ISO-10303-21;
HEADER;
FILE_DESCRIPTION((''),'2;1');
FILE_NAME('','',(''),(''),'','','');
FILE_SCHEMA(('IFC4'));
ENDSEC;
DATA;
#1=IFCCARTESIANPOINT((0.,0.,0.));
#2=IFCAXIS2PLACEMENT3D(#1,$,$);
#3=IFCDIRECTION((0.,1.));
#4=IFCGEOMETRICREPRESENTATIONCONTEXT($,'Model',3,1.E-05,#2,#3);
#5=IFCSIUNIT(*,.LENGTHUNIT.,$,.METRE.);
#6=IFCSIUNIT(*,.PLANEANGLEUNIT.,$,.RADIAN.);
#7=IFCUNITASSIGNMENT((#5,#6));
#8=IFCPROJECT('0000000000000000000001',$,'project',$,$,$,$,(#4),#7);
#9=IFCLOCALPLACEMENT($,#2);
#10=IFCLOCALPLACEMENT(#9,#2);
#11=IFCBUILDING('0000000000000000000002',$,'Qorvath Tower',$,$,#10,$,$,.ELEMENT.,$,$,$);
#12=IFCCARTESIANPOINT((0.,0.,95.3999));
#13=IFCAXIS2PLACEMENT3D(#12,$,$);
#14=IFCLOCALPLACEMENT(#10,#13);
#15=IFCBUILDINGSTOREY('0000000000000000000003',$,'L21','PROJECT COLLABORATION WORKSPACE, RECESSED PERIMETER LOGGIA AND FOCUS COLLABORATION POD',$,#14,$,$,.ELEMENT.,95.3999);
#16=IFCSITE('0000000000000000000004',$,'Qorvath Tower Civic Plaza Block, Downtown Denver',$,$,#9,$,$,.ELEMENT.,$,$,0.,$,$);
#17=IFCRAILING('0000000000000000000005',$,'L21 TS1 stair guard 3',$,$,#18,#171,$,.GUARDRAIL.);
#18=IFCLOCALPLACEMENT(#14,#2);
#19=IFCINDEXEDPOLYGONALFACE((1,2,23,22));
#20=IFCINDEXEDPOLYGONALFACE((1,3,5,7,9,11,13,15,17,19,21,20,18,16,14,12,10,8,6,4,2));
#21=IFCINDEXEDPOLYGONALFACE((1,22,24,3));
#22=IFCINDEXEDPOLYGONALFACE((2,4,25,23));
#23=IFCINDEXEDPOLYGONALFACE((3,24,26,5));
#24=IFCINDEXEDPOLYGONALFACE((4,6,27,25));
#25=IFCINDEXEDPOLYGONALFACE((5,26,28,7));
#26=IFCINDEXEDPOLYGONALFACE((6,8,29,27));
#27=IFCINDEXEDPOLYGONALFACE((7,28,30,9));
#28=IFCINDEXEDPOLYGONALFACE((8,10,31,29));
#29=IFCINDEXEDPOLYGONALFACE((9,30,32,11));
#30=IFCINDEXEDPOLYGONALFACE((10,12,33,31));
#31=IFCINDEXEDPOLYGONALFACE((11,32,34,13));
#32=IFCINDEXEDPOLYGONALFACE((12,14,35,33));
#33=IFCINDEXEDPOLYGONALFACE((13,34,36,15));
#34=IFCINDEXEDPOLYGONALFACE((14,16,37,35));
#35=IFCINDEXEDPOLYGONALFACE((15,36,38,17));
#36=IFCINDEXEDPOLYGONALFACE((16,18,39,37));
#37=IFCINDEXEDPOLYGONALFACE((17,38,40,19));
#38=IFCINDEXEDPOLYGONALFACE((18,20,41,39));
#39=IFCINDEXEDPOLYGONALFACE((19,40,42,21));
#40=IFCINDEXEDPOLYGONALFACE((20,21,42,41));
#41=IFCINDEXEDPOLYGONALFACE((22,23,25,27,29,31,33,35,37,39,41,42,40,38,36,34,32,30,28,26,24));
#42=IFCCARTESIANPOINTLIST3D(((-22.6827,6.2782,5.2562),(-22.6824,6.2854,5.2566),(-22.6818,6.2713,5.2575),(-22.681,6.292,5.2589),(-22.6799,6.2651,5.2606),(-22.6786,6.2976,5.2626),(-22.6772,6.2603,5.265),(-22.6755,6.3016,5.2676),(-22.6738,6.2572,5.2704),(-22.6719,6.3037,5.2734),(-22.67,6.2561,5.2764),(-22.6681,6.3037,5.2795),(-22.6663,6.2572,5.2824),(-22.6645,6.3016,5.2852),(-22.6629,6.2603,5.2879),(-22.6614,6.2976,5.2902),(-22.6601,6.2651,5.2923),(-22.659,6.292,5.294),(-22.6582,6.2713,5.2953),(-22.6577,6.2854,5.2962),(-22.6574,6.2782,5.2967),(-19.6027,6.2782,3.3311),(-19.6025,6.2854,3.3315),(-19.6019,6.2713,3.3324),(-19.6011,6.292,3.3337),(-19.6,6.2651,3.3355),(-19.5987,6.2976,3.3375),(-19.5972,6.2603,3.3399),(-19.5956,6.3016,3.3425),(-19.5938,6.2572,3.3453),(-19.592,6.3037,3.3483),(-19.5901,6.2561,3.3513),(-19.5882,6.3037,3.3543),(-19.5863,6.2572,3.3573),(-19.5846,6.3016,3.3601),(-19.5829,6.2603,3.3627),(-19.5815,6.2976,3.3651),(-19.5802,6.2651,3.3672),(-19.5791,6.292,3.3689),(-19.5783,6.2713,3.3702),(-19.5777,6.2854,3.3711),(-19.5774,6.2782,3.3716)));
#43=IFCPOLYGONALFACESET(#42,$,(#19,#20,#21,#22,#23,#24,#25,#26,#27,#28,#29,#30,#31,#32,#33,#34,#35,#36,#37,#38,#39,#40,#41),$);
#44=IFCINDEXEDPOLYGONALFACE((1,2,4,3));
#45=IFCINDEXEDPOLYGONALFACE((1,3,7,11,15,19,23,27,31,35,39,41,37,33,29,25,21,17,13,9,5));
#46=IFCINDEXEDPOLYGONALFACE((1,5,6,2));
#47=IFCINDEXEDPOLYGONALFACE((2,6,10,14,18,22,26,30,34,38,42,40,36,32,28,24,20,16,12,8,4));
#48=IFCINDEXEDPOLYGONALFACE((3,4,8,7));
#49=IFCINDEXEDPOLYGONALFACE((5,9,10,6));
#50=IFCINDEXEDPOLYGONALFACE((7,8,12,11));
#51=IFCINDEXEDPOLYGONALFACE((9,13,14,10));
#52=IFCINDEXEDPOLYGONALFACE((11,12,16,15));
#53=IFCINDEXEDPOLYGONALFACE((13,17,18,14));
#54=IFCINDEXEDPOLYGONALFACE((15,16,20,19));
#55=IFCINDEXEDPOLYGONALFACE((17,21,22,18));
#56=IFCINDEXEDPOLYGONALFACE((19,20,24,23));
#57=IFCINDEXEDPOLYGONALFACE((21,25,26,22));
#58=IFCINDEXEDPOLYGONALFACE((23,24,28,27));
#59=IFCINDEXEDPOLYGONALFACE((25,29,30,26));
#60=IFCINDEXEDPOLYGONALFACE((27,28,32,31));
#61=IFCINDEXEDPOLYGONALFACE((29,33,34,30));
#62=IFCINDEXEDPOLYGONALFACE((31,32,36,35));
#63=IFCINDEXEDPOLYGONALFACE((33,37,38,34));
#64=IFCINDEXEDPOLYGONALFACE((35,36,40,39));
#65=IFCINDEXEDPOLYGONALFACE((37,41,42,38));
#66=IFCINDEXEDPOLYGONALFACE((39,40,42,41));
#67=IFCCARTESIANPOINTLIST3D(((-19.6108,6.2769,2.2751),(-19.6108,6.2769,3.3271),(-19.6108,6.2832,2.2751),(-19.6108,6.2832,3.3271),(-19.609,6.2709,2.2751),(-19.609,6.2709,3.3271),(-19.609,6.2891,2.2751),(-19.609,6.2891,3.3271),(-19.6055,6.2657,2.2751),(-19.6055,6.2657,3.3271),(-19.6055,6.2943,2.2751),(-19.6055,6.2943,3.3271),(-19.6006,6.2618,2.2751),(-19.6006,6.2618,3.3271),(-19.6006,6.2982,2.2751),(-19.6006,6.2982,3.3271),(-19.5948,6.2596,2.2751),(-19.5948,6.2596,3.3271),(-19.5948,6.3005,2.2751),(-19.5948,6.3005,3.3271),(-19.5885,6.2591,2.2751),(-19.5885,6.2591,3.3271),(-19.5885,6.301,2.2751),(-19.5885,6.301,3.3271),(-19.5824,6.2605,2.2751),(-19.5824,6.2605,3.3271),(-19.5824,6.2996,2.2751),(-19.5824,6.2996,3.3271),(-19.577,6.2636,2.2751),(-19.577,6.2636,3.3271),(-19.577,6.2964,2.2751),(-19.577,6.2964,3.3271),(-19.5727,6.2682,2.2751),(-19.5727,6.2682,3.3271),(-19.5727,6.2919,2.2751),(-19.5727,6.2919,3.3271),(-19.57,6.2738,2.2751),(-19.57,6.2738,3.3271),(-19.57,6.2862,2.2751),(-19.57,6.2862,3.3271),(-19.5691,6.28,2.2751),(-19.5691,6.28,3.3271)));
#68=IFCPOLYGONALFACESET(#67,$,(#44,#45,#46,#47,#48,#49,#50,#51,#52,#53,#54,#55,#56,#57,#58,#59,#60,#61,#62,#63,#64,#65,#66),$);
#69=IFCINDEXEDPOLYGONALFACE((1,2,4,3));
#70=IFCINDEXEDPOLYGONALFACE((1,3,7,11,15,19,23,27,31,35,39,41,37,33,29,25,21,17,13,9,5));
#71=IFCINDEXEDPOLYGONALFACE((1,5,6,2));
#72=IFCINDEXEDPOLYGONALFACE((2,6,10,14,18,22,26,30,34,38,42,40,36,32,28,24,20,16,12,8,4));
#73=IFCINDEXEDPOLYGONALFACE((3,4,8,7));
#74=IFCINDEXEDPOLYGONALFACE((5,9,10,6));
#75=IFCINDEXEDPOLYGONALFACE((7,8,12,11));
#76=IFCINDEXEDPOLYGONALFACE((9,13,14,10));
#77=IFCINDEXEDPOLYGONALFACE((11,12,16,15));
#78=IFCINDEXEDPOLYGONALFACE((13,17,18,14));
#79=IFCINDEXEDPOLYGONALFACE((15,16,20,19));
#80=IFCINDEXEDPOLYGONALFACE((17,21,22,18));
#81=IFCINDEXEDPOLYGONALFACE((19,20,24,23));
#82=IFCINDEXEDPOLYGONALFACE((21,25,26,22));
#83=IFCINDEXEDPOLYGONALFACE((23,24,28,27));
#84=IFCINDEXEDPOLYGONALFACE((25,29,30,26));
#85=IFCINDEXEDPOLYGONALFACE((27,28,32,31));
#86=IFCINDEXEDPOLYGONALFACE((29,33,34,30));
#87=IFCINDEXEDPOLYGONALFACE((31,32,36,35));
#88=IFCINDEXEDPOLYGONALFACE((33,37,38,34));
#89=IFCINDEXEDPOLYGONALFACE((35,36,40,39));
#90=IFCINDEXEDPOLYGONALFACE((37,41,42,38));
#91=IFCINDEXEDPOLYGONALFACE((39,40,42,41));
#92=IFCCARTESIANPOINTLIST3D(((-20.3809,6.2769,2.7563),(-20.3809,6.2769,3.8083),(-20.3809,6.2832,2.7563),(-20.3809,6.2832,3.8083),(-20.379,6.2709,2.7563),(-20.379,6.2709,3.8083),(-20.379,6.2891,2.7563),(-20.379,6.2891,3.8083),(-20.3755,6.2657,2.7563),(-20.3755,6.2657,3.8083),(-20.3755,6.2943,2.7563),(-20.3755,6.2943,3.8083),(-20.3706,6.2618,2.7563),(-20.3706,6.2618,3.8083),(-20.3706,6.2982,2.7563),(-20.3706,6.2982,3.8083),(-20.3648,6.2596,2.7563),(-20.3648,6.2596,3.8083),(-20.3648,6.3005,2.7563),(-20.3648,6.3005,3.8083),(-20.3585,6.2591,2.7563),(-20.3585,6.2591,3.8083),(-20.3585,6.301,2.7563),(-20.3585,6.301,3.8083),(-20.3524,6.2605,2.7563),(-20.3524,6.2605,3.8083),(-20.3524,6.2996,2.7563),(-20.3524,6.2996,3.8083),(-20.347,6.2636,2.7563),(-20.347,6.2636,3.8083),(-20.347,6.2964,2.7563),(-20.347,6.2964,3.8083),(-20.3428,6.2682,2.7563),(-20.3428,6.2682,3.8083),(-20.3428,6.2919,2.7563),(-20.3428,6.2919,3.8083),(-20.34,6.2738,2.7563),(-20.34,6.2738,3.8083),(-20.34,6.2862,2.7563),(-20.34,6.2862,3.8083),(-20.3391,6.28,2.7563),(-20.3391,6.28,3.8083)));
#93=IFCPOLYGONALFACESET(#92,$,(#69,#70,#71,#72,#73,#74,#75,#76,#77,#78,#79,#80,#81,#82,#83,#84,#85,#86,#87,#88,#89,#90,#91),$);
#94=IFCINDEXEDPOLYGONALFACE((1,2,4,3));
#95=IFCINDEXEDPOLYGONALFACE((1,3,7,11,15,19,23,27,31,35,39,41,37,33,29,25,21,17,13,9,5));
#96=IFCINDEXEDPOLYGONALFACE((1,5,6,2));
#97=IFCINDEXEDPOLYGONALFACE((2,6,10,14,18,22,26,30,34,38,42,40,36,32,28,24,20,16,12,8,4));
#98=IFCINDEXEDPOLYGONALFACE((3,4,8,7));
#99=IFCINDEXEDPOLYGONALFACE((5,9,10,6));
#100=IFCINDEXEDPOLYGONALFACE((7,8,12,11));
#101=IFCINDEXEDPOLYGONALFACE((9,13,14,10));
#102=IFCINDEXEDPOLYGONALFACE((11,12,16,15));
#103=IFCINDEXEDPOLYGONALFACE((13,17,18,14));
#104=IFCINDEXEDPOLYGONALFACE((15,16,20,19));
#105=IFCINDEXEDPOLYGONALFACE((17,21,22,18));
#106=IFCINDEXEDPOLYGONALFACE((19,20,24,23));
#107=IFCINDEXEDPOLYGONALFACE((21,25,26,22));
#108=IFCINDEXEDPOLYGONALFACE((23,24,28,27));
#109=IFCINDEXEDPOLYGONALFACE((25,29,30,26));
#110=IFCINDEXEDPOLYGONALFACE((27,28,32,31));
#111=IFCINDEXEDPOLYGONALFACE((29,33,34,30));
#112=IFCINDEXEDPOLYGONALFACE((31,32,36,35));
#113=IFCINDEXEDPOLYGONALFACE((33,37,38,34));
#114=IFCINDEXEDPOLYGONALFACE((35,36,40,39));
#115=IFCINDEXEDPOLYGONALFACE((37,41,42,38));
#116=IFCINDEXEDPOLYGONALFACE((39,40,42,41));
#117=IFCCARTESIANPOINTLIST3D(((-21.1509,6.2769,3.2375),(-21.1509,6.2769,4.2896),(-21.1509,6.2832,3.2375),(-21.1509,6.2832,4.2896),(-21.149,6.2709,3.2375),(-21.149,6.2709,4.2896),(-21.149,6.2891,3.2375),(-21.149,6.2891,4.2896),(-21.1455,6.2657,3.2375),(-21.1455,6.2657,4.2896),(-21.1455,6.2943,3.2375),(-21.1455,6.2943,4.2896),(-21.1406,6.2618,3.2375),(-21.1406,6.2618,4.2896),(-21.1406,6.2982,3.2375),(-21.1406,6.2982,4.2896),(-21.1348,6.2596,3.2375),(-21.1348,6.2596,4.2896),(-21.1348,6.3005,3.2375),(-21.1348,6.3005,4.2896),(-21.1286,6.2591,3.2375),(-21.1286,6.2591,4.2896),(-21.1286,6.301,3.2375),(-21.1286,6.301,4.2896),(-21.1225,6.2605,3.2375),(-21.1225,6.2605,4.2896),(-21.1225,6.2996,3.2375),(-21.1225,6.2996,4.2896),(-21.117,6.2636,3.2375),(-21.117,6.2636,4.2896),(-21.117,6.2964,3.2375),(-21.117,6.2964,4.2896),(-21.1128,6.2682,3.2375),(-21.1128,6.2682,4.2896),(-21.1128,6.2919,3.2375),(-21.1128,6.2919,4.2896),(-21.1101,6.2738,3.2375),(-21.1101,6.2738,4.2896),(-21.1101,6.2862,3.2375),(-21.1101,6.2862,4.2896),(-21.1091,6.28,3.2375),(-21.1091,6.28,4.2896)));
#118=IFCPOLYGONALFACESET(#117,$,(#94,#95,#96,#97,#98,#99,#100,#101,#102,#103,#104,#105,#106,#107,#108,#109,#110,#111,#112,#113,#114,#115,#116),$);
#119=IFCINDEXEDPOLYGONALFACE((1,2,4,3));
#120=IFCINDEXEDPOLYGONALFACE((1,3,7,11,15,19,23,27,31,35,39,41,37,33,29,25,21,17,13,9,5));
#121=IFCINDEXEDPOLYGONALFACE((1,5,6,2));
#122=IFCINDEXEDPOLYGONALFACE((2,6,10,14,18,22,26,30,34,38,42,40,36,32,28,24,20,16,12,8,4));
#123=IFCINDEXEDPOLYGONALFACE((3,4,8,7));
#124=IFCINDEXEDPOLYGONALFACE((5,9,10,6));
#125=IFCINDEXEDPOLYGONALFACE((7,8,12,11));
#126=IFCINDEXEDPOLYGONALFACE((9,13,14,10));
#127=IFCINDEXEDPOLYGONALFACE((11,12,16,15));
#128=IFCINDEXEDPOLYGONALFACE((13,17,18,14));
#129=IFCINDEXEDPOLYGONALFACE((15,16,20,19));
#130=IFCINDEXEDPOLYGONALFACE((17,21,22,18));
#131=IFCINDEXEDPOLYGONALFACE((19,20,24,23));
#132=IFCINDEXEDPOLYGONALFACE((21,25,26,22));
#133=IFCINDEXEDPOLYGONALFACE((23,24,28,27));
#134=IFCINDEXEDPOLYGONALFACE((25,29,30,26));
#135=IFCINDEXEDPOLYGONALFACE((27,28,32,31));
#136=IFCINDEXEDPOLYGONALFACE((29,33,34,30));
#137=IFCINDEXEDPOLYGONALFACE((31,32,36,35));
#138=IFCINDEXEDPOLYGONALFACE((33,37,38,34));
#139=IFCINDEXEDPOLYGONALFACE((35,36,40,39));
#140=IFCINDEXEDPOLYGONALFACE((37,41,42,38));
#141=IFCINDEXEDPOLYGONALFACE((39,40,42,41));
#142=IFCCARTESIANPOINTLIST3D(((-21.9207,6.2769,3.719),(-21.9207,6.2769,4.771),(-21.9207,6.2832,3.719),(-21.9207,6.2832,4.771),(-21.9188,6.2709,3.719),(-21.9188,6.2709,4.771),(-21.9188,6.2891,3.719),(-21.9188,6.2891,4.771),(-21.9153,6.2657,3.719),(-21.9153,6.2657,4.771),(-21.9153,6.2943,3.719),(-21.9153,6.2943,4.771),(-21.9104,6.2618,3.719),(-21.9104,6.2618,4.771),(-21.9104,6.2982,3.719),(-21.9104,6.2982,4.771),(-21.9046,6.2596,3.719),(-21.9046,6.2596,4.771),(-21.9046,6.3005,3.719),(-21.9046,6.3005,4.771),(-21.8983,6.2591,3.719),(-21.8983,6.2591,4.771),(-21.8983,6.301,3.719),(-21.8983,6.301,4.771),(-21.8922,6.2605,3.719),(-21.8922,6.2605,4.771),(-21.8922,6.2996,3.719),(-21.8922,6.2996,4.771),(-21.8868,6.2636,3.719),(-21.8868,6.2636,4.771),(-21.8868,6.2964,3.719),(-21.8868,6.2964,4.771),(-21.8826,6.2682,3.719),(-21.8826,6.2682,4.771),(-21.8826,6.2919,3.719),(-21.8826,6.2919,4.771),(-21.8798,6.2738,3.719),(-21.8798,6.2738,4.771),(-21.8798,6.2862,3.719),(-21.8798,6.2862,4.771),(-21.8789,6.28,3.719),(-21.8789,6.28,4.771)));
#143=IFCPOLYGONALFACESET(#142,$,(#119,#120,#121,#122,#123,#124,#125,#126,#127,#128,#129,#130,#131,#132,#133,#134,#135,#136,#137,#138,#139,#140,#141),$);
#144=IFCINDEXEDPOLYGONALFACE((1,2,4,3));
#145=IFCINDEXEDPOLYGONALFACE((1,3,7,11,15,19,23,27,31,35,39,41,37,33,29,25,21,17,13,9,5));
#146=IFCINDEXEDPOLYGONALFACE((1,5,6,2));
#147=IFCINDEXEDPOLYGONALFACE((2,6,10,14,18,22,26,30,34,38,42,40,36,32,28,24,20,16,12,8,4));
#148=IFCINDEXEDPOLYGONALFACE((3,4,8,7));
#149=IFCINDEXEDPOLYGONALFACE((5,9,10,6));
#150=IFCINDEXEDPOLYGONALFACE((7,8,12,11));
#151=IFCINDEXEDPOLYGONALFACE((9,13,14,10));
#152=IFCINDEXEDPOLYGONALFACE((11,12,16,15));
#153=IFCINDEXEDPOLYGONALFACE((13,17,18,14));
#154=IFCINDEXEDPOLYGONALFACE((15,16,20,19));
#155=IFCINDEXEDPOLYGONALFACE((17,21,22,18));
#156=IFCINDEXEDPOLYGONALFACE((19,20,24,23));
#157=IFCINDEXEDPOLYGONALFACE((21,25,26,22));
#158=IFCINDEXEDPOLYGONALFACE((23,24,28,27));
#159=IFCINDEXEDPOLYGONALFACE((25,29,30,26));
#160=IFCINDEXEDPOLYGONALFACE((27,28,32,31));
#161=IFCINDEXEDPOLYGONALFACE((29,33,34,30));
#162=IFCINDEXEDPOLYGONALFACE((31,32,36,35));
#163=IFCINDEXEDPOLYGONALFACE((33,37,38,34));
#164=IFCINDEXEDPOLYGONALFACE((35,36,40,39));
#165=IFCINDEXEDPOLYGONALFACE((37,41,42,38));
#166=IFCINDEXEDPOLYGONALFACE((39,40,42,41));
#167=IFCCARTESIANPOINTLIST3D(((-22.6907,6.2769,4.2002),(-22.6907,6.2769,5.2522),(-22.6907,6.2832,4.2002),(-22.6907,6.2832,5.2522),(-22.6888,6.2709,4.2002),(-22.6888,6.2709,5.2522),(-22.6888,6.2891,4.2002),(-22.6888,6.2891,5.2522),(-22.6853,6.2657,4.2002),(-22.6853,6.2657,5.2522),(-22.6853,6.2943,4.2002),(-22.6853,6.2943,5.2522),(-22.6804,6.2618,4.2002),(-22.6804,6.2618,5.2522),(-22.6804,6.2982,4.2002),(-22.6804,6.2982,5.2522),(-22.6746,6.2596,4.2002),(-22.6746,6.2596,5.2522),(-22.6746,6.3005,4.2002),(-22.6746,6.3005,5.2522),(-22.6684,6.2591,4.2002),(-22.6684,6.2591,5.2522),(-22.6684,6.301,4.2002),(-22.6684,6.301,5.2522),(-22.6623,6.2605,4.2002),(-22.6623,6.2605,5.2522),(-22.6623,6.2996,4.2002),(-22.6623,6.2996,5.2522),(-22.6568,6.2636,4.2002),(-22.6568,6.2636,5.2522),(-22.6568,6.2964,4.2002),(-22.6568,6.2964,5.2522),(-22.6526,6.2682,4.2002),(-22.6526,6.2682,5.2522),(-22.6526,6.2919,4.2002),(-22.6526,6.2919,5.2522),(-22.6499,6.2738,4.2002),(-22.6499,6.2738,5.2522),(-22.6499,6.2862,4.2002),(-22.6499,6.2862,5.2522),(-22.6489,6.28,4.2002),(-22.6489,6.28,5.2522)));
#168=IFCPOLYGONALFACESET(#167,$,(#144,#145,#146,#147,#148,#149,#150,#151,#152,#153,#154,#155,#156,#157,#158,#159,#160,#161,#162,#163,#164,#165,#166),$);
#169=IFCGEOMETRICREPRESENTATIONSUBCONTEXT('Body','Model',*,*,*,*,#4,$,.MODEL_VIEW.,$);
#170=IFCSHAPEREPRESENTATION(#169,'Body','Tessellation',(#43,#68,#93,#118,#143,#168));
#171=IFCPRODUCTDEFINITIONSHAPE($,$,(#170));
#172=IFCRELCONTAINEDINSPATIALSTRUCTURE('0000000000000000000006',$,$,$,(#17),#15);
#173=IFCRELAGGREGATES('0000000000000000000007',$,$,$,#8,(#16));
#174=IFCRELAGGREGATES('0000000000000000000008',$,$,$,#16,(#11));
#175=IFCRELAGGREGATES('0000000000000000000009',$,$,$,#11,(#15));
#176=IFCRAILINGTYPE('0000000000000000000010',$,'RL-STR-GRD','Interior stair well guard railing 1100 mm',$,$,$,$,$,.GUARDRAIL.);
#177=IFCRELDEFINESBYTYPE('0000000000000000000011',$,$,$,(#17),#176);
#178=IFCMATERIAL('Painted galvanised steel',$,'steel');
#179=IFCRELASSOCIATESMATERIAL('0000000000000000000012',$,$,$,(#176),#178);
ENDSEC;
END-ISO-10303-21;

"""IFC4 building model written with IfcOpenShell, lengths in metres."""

from ifc_helpers import new_model, si_unit, direction, frame, origin, origin_2d, place, context, subcontext, project, spatial, circle, extrude, material, type_object, element, save


model = new_model("IFC4")

# Units and contexts
model_context = context("Model", 3, precision=1e-05, world=origin(), true_north=direction((0.0, 1.0)))
body_context = subcontext(model_context, "Body", "Model", "MODEL_VIEW")
ifc_project = project(units=[si_unit("LENGTHUNIT", "METRE"), si_unit("PLANEANGLEUNIT", "RADIAN")], contexts=[model_context])

# Site, building, storey
site_placement = place(None, origin())
site = spatial("IfcSite", under=ifc_project, at=site_placement, Name="Qorvath Tower Civic Plaza Block, Downtown Denver", CompositionType="ELEMENT", RefElevation=0.0)
building_placement = place(site_placement, origin())
building = spatial("IfcBuilding", under=site, at=building_placement, Name="Qorvath Tower", CompositionType="ELEMENT")
storey_placement = place(building_placement, frame((0.0, 0.0, 95.3999)))
storey = spatial("IfcBuildingStorey", under=building, at=storey_placement, Name="L21", Description="PROJECT COLLABORATION WORKSPACE, RECESSED PERIMETER LOGGIA AND FOCUS COLLABORATION POD", CompositionType="ELEMENT", Elevation=95.3999)

# Railing
ifc_material_1 = material(Name="Painted galvanised steel", Category="steel")
railing_type_1 = type_object("IfcRailingType", Name="RL-STR-GRD", Description="Interior stair well guard railing 1100 mm", PredefinedType="GUARDRAIL", material=ifc_material_1)
railing_1_placement = place(storey_placement, frame((-19.5901, 6.28, 2.2751)))
element("IfcRailing", 1, at=railing_1_placement, inside=storey, type_object=railing_type_1, Name="L21 TS1 stair guard 3", PredefinedType="GUARDRAIL", context=body_context, shape_type="SweptSolid", body=[
    extrude(circle(Radius=0.0239, at=origin_2d()), frame((0.0, 0.0, 1.0762), z_axis=(-0.847979, 0.0, 0.530029), x_axis=(0.0, -1.0, 0.0)), (0.0, 0.0, 1.0), 3.6321),
    extrude(circle(Radius=0.021, at=origin_2d()), origin(), (0.0, 0.0, 1.0), 1.052),
    extrude(circle(Radius=0.021, at=origin_2d()), frame((-0.77, 0.0, 0.4812)), (0.0, 0.0, 1.0), 1.052),
    extrude(circle(Radius=0.021, at=origin_2d()), frame((-1.54, 0.0, 0.9624)), (0.0, 0.0, 1.0), 1.052),
    extrude(circle(Radius=0.021, at=origin_2d()), frame((-2.3098, 0.0, 1.4438)), (0.0, 0.0, 1.0), 1.052),
    extrude(circle(Radius=0.021, at=origin_2d()), frame((-3.0798, 0.0, 1.925)), (0.0, 0.0, 1.0), 1.052),
])

save(model, "model.ifc")
